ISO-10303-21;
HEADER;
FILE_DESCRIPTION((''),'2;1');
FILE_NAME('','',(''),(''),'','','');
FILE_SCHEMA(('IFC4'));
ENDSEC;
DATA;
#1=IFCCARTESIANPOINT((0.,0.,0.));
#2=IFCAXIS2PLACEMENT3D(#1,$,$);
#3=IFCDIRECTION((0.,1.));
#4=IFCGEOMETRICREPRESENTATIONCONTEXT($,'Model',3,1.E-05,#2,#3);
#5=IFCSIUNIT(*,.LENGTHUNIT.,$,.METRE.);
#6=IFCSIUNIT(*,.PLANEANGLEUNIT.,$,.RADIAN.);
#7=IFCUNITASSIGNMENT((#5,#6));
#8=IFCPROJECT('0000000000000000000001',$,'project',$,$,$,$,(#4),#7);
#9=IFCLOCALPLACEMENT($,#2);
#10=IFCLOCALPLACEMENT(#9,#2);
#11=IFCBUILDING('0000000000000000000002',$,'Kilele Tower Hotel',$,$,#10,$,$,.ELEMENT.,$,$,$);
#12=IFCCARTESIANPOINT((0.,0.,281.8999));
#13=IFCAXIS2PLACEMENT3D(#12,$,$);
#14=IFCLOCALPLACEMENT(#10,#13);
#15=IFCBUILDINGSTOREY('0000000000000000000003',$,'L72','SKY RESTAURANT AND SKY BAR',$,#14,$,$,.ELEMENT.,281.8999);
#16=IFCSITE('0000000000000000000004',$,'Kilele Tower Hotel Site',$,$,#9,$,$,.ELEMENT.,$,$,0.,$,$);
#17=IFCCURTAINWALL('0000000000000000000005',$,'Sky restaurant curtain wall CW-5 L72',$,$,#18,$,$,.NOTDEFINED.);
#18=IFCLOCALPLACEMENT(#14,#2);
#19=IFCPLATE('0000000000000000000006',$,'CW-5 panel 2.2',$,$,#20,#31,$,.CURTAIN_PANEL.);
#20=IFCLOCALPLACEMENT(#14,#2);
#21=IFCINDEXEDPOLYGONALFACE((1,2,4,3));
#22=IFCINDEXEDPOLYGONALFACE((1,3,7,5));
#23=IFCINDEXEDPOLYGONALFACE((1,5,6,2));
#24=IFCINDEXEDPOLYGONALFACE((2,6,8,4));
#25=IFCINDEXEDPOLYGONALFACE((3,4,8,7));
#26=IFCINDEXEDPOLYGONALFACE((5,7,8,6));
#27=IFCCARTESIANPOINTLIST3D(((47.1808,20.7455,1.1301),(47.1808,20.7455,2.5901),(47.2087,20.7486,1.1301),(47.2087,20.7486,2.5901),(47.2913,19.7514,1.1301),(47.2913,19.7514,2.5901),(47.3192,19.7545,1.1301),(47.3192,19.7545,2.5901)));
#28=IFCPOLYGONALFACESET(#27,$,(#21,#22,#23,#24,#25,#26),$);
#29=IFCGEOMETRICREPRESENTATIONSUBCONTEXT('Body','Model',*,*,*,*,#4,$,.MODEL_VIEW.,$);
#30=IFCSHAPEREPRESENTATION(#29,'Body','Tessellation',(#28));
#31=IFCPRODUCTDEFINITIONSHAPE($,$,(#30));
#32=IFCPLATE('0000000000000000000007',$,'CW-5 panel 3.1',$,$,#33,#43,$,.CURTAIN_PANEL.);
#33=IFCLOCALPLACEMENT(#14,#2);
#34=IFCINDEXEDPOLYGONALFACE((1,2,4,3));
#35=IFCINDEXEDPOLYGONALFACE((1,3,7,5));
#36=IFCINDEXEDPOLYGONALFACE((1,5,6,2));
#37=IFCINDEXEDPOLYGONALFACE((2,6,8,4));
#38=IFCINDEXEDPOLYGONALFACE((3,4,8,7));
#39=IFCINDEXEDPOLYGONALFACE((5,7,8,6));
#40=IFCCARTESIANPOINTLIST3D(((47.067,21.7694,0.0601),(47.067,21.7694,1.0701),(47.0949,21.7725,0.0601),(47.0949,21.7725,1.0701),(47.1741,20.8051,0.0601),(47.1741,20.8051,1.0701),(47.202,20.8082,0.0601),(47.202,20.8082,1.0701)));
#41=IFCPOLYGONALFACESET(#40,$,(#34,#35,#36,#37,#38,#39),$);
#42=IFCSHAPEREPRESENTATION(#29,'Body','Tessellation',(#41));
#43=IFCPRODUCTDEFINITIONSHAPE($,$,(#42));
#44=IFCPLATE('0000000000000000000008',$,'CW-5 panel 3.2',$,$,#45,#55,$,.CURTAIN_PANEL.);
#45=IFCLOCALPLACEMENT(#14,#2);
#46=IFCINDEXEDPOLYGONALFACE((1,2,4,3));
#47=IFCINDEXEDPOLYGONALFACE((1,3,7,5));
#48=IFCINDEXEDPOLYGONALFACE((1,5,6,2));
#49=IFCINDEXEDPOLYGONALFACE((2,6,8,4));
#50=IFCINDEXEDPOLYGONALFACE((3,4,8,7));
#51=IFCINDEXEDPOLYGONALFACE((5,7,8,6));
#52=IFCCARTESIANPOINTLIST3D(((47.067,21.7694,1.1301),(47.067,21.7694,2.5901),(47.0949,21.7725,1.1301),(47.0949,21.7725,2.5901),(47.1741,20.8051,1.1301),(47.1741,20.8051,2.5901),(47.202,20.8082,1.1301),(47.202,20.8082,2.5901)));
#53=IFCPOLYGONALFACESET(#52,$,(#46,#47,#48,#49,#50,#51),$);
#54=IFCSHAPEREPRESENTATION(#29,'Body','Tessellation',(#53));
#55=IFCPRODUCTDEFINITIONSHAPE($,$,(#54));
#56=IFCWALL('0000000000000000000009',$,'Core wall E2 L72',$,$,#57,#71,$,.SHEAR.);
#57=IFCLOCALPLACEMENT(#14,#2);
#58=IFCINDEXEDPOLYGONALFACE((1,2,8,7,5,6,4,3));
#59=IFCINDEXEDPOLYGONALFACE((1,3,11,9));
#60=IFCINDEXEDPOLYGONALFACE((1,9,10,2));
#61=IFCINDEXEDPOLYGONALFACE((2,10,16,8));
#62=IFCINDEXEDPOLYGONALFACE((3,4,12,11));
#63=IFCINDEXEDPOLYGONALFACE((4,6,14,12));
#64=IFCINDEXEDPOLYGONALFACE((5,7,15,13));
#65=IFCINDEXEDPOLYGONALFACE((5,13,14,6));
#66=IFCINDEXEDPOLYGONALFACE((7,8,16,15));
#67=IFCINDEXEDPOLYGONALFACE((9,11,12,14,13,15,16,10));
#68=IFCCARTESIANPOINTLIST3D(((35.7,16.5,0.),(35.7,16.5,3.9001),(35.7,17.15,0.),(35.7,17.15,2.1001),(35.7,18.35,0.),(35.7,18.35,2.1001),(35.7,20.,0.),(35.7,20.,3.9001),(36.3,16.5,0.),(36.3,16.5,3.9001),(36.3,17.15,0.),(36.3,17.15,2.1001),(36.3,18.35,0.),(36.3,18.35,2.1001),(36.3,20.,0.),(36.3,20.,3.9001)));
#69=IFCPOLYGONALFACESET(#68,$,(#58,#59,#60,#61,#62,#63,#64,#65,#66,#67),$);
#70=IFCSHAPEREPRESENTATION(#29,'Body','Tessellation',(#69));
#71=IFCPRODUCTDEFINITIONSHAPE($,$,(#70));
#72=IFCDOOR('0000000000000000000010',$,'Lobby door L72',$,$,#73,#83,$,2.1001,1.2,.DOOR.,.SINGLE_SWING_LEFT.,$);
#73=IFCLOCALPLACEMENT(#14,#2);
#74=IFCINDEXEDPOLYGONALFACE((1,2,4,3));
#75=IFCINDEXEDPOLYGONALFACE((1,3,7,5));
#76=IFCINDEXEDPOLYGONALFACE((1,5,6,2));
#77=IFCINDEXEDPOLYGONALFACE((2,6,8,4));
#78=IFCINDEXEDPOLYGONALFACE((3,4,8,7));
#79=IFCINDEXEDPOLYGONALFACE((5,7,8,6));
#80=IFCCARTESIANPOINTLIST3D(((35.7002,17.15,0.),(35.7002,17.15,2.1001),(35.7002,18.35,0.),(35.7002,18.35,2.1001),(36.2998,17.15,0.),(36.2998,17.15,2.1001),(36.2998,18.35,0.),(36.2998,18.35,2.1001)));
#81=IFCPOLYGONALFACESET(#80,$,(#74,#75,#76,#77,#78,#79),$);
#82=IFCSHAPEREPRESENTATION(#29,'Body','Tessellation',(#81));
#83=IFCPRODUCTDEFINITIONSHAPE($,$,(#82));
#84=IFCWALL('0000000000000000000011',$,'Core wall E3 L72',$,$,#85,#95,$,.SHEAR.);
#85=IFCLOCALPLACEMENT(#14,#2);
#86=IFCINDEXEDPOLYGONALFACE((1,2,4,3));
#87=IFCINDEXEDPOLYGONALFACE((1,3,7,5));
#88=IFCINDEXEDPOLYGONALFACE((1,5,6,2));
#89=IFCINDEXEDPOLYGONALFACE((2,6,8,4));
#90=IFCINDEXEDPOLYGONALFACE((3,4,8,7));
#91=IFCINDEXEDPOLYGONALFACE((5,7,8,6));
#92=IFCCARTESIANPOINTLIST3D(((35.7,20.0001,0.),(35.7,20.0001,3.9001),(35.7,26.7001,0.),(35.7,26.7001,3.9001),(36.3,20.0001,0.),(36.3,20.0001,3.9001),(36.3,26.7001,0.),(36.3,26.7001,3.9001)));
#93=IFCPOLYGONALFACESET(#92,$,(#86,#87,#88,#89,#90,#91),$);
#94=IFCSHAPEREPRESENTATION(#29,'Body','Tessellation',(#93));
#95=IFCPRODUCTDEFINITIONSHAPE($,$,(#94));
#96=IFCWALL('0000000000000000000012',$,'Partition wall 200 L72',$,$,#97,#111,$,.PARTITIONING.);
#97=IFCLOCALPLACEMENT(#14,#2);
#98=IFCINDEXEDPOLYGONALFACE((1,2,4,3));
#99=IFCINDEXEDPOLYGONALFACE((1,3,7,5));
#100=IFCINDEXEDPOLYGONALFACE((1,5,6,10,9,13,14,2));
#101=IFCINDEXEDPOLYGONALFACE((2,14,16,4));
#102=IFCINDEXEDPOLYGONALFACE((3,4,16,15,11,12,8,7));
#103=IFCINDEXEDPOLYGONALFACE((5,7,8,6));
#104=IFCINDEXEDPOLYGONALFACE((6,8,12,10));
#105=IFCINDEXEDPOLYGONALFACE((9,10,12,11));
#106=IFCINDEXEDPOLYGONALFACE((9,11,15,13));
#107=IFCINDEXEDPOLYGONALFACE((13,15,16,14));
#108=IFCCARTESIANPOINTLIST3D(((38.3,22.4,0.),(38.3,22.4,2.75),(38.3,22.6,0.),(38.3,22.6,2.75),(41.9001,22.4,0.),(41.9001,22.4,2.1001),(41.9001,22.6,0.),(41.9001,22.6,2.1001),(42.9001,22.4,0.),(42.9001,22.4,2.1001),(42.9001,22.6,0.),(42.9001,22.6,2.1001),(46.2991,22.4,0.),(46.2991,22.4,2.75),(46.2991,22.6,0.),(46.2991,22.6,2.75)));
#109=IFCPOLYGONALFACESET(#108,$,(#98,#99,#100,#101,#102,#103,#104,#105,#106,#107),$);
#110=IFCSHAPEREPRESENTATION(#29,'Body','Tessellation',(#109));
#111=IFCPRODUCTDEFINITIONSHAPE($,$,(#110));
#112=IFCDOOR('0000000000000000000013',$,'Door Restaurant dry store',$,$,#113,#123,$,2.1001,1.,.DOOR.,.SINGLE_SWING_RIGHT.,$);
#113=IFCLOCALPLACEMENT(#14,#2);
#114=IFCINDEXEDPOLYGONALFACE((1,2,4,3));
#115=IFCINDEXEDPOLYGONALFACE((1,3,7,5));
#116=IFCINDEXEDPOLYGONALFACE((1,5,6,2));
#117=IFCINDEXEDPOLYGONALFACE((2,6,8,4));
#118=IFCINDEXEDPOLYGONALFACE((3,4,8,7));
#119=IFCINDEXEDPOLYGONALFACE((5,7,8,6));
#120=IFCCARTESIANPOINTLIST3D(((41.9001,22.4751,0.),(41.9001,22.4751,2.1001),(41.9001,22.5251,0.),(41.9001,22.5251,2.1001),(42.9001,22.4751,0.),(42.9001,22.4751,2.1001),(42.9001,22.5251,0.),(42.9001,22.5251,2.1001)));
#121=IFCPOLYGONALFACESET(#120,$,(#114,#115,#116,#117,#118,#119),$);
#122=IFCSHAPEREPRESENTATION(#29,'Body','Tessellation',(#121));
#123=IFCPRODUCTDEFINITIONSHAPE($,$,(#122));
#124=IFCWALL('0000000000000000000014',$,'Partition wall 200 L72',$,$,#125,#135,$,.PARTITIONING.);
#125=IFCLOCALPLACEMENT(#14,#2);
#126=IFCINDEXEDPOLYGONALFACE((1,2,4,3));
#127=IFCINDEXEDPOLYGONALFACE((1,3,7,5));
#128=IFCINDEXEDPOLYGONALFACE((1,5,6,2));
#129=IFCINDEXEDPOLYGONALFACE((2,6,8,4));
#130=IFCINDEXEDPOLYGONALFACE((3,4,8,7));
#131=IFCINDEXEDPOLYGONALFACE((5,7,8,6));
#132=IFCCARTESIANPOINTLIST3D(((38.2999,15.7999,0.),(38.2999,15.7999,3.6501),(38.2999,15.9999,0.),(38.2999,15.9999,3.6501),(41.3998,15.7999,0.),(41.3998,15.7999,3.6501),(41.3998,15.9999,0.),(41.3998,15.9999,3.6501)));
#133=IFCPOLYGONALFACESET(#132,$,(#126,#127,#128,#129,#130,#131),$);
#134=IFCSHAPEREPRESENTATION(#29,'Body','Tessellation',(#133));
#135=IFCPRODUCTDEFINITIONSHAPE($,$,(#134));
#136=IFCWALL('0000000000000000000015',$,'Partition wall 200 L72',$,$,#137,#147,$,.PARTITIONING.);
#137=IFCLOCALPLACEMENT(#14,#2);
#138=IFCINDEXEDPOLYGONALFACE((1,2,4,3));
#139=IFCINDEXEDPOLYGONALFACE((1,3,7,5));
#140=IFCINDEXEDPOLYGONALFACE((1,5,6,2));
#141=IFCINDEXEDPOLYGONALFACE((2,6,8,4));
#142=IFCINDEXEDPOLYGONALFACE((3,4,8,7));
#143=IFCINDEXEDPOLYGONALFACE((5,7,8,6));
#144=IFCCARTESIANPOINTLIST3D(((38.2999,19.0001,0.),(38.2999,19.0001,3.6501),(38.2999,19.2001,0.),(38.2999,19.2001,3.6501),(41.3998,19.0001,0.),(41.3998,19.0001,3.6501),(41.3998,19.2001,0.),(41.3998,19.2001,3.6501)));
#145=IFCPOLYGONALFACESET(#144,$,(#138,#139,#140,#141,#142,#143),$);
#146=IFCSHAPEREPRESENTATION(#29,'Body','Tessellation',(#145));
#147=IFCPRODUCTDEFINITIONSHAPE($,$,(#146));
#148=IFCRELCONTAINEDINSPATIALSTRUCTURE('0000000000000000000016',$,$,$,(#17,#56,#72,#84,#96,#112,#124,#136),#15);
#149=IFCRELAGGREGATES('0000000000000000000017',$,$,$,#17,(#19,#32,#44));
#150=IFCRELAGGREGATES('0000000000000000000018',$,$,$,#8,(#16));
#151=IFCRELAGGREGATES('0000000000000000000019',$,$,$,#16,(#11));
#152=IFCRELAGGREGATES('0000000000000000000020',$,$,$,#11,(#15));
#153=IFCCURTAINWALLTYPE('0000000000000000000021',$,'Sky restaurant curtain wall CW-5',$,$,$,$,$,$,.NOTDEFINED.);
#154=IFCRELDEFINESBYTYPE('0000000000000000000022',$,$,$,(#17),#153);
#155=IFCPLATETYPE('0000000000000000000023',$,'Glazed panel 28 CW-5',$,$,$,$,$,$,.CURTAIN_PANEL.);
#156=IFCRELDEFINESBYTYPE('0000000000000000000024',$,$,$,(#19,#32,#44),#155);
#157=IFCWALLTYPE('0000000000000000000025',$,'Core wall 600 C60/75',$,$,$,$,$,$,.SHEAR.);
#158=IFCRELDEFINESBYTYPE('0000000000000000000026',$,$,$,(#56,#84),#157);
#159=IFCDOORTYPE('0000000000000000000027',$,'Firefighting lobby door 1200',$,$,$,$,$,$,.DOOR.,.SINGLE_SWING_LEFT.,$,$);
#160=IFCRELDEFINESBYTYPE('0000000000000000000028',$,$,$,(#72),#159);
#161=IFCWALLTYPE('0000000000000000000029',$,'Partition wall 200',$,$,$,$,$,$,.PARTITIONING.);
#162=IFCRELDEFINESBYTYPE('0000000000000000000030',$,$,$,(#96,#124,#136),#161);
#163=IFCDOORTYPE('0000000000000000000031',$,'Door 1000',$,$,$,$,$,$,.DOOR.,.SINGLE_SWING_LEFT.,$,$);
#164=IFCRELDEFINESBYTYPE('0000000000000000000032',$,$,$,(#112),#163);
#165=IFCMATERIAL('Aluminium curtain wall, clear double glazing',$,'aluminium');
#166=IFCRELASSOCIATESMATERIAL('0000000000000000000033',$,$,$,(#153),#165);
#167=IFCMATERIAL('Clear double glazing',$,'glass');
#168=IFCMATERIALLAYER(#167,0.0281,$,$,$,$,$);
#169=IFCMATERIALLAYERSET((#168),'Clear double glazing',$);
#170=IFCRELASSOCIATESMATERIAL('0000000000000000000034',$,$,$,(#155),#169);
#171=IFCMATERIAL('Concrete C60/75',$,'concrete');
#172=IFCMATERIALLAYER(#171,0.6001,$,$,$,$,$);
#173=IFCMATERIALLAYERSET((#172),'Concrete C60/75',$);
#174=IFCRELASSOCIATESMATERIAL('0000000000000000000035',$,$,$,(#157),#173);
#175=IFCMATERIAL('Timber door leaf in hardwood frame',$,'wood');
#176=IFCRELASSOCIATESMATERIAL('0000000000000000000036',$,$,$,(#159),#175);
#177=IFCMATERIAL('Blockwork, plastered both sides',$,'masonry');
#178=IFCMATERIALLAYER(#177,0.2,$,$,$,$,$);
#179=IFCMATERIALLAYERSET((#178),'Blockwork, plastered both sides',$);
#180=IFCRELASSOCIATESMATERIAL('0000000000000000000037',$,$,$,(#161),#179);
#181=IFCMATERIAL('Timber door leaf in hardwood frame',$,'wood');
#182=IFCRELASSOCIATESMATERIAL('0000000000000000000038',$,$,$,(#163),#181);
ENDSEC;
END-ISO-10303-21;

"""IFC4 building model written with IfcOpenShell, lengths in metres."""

from ifc_helpers import new_model, si_unit, direction, frame, frame_2d, origin, origin_2d, place, context, subcontext, project, spatial, rectangle, extrude, material, layer, layer_set, type_object, element, fill, aggregate, save


model = new_model("IFC4")

# Units and contexts
model_context = context("Model", 3, precision=1e-05, world=origin(), true_north=direction((0.0, 1.0)))
body_context = subcontext(model_context, "Body", "Model", "MODEL_VIEW")
ifc_project = project(units=[si_unit("LENGTHUNIT", "METRE"), si_unit("PLANEANGLEUNIT", "RADIAN")], contexts=[model_context])

# Site, building, storey
site_placement = place(None, origin())
site = spatial("IfcSite", under=ifc_project, at=site_placement, Name="Kilele Tower Hotel Site", CompositionType="ELEMENT", RefElevation=0.0)
building_placement = place(site_placement, origin())
building = spatial("IfcBuilding", under=site, at=building_placement, Name="Kilele Tower Hotel", CompositionType="ELEMENT")
storey_placement = place(building_placement, frame((0.0, 0.0, 281.8999)))
storey = spatial("IfcBuildingStorey", under=building, at=storey_placement, Name="L72", Description="SKY RESTAURANT AND SKY BAR", CompositionType="ELEMENT", Elevation=281.8999)

# Curtain wall
ifc_material_1 = material(Name="Aluminium curtain wall, clear double glazing", Category="aluminium")
curtain_wall_type = type_object("IfcCurtainWallType", Name="Sky restaurant curtain wall CW-5", PredefinedType="NOTDEFINED", material=ifc_material_1)
curtain_wall_1_placement = place(storey_placement, origin())
curtain_wall_1 = element("IfcCurtainWall", 1, at=curtain_wall_1_placement, inside=storey, type_object=curtain_wall_type, Name="Sky restaurant curtain wall CW-5 L72", PredefinedType="NOTDEFINED")

# Plates
ifc_material_2 = material(Name="Clear double glazing", Category="glass")
ifc_layer_1 = layer(ifc_material_2, 0.0281)
ifc_layer_set_1 = layer_set([ifc_layer_1], Name="Clear double glazing")
plate_type = type_object("IfcPlateType", Name="Glazed panel 28 CW-5", PredefinedType="CURTAIN_PANEL", material=ifc_layer_set_1)
plate_1_placement = place(storey_placement, frame((47.25, 20.25, 1.1301), z_axis=(0.0, 0.0, 1.0), x_axis=(-0.110432, 0.993884, 0.0)))
plate_1 = element("IfcPlate", 2, at=plate_1_placement, type_object=plate_type, Name="CW-5 panel 2.2", PredefinedType="CURTAIN_PANEL", context=body_context, shape_type="SweptSolid", body=[
    extrude(rectangle(XDim=1.0002, YDim=0.0281, at=origin_2d()), origin(), (0.0, 0.0, 1.0), 1.46),
])
plate_2_placement = place(storey_placement, frame((47.1345, 21.2888, 0.0601), z_axis=(0.0, 0.0, 1.0), x_axis=(-0.110432, 0.993884, 0.0)))
plate_2 = element("IfcPlate", 3, at=plate_2_placement, type_object=plate_type, Name="CW-5 panel 3.1", PredefinedType="CURTAIN_PANEL", context=body_context, shape_type="SweptSolid", body=[
    extrude(rectangle(XDim=0.9702, YDim=0.0281, at=origin_2d()), origin(), (0.0, 0.0, 1.0), 1.01),
])
plate_3_placement = place(storey_placement, frame((47.1345, 21.2888, 1.1301), z_axis=(0.0, 0.0, 1.0), x_axis=(-0.110432, 0.993884, 0.0)))
plate_3 = element("IfcPlate", 4, at=plate_3_placement, type_object=plate_type, Name="CW-5 panel 3.2", PredefinedType="CURTAIN_PANEL", context=body_context, shape_type="SweptSolid", body=[
    extrude(rectangle(XDim=0.9702, YDim=0.0281, at=origin_2d()), origin(), (0.0, 0.0, 1.0), 1.46),
])
aggregate(curtain_wall_1, [plate_1, plate_2, plate_3])

# Wall, opening, door
ifc_material_3 = material(Name="Concrete C60/75", Category="concrete")
ifc_layer_2 = layer(ifc_material_3, 0.6001)
ifc_layer_set_2 = layer_set([ifc_layer_2], Name="Concrete C60/75")
wall_type_1 = type_object("IfcWallType", Name="Core wall 600 C60/75", PredefinedType="SHEAR", material=ifc_layer_set_2)
wall_1_placement = place(storey_placement, frame((36.0, 16.5, 0.0), z_axis=(0.0, 0.0, 1.0), x_axis=(0.0, 1.0, 0.0)))
wall_1 = element("IfcWall", 5, at=wall_1_placement, inside=storey, type_object=wall_type_1, Name="Core wall E2 L72", PredefinedType="SHEAR", context=body_context, shape_type="SweptSolid", body=[
    extrude(rectangle(XDim=3.5, YDim=0.6001, at=frame_2d((1.75, 0.0))), origin(), (0.0, 0.0, 1.0), 3.9001),
])
opening_1_placement = place(wall_1_placement, frame((0.6499, 0.0, 0.0)))
opening_1 = element("IfcOpeningElement", 6, at=opening_1_placement, cuts=wall_1, PredefinedType="OPENING", context=body_context, shape_type="SweptSolid", body=[
    extrude(rectangle(XDim=1.2, YDim=2.1001, at=frame_2d((0.6001, 1.05))), frame((0.0, 0.3101, 0.0), z_axis=(0.0, -1.0, 0.0), x_axis=(1.0, 0.0, 0.0)), (0.0, 0.0, 1.0), 0.6201),
])
ifc_material_4 = material(Name="Timber door leaf in hardwood frame", Category="wood")
door_type_1 = type_object("IfcDoorType", Name="Firefighting lobby door 1200", OperationType="SINGLE_SWING_LEFT", PredefinedType="DOOR", material=ifc_material_4)
door_1_placement = place(opening_1_placement, origin())
door_1 = element("IfcDoor", 7, at=door_1_placement, inside=storey, type_object=door_type_1, Name="Lobby door L72", OperationType="SINGLE_SWING_LEFT", OverallHeight=2.1001, OverallWidth=1.2, PredefinedType="DOOR", context=body_context, shape_type="SweptSolid", body=[
    extrude(rectangle(XDim=1.2, YDim=2.1001, at=frame_2d((0.6001, 1.05))), frame((0.0, 0.2998, 0.0), z_axis=(0.0, -1.0, 0.0), x_axis=(1.0, 0.0, 0.0)), (0.0, 0.0, 1.0), 0.5996),
])
fill(opening_1, door_1)

# Wall
wall_2_placement = place(storey_placement, frame((36.0, 20.0, 0.0), z_axis=(0.0, 0.0, 1.0), x_axis=(0.0, 1.0, 0.0)))
element("IfcWall", 8, at=wall_2_placement, inside=storey, type_object=wall_type_1, Name="Core wall E3 L72", PredefinedType="SHEAR", context=body_context, shape_type="SweptSolid", body=[
    extrude(rectangle(XDim=6.7, YDim=0.6001, at=frame_2d((3.3501, 0.0))), origin(), (0.0, 0.0, 1.0), 3.9001),
])

# Wall, opening, door
ifc_material_5 = material(Name="Blockwork, plastered both sides", Category="masonry")
ifc_layer_3 = layer(ifc_material_5, 0.2)
ifc_layer_set_3 = layer_set([ifc_layer_3], Name="Blockwork, plastered both sides")
wall_type_2 = type_object("IfcWallType", Name="Partition wall 200", PredefinedType="PARTITIONING", material=ifc_layer_set_3)
wall_3_placement = place(storey_placement, frame((38.3, 22.5, 0.0), z_axis=(0.0, 0.0, 1.0), x_axis=(1.0, 0.0, 0.0)))
wall_3 = element("IfcWall", 9, at=wall_3_placement, inside=storey, type_object=wall_type_2, Name="Partition wall 200 L72", PredefinedType="PARTITIONING", context=body_context, shape_type="SweptSolid", body=[
    extrude(rectangle(XDim=7.999, YDim=0.2, at=frame_2d((3.9995, 0.0))), origin(), (0.0, 0.0, 1.0), 2.75),
])
opening_2_placement = place(wall_3_placement, frame((4.6001, 0.0, 0.0), z_axis=(0.0, 0.0, 1.0), x_axis=(-1.0, 0.0, 0.0)))
opening_2 = element("IfcOpeningElement", 10, at=opening_2_placement, cuts=wall_3, PredefinedType="OPENING", context=body_context, shape_type="SweptSolid", body=[
    extrude(rectangle(XDim=1.0, YDim=2.1001, at=frame_2d((0.5, 1.05))), frame((0.0, 0.1099, 0.0), z_axis=(0.0, -1.0, 0.0), x_axis=(1.0, 0.0, 0.0)), (0.0, 0.0, 1.0), 0.22),
])
ifc_material_6 = material(Name="Timber door leaf in hardwood frame", Category="wood")
door_type_2 = type_object("IfcDoorType", Name="Door 1000", OperationType="SINGLE_SWING_LEFT", PredefinedType="DOOR", material=ifc_material_6)
door_2_placement = place(opening_2_placement, origin())
door_2 = element("IfcDoor", 11, at=door_2_placement, inside=storey, type_object=door_type_2, Name="Door Restaurant dry store", OperationType="SINGLE_SWING_RIGHT", OverallHeight=2.1001, OverallWidth=1.0, PredefinedType="DOOR", context=body_context, shape_type="SweptSolid", body=[
    extrude(rectangle(XDim=1.0, YDim=2.1001, at=frame_2d((0.5, 1.05))), frame((0.0, 0.0249, 0.0), z_axis=(0.0, -1.0, 0.0), x_axis=(1.0, 0.0, 0.0)), (0.0, 0.0, 1.0), 0.05),
])
fill(opening_2, door_2)

# Walls
for number, where, z_axis, x_axis, name in (
    (12, (38.3, 15.8999, 0.0), (0.0, 0.0, 1.0), (1.0, 0.0, 0.0), "Partition wall 200 L72"),
    (13, (38.3, 19.1001, 0.0), (0.0, 0.0, 1.0), (1.0, 0.0, 0.0), "Partition wall 200 L72"),
):
    element("IfcWall", number, at=place(storey_placement, frame(where, z_axis=z_axis, x_axis=x_axis)), inside=storey, type_object=wall_type_2, Name=name, PredefinedType="PARTITIONING", context=body_context, shape_type="SweptSolid", body=[
        extrude(rectangle(XDim=3.0999, YDim=0.2, at=frame_2d((1.5498, 0.0))), origin(), (0.0, 0.0, 1.0), 3.6501),
    ])

save(model, "model.ifc")
